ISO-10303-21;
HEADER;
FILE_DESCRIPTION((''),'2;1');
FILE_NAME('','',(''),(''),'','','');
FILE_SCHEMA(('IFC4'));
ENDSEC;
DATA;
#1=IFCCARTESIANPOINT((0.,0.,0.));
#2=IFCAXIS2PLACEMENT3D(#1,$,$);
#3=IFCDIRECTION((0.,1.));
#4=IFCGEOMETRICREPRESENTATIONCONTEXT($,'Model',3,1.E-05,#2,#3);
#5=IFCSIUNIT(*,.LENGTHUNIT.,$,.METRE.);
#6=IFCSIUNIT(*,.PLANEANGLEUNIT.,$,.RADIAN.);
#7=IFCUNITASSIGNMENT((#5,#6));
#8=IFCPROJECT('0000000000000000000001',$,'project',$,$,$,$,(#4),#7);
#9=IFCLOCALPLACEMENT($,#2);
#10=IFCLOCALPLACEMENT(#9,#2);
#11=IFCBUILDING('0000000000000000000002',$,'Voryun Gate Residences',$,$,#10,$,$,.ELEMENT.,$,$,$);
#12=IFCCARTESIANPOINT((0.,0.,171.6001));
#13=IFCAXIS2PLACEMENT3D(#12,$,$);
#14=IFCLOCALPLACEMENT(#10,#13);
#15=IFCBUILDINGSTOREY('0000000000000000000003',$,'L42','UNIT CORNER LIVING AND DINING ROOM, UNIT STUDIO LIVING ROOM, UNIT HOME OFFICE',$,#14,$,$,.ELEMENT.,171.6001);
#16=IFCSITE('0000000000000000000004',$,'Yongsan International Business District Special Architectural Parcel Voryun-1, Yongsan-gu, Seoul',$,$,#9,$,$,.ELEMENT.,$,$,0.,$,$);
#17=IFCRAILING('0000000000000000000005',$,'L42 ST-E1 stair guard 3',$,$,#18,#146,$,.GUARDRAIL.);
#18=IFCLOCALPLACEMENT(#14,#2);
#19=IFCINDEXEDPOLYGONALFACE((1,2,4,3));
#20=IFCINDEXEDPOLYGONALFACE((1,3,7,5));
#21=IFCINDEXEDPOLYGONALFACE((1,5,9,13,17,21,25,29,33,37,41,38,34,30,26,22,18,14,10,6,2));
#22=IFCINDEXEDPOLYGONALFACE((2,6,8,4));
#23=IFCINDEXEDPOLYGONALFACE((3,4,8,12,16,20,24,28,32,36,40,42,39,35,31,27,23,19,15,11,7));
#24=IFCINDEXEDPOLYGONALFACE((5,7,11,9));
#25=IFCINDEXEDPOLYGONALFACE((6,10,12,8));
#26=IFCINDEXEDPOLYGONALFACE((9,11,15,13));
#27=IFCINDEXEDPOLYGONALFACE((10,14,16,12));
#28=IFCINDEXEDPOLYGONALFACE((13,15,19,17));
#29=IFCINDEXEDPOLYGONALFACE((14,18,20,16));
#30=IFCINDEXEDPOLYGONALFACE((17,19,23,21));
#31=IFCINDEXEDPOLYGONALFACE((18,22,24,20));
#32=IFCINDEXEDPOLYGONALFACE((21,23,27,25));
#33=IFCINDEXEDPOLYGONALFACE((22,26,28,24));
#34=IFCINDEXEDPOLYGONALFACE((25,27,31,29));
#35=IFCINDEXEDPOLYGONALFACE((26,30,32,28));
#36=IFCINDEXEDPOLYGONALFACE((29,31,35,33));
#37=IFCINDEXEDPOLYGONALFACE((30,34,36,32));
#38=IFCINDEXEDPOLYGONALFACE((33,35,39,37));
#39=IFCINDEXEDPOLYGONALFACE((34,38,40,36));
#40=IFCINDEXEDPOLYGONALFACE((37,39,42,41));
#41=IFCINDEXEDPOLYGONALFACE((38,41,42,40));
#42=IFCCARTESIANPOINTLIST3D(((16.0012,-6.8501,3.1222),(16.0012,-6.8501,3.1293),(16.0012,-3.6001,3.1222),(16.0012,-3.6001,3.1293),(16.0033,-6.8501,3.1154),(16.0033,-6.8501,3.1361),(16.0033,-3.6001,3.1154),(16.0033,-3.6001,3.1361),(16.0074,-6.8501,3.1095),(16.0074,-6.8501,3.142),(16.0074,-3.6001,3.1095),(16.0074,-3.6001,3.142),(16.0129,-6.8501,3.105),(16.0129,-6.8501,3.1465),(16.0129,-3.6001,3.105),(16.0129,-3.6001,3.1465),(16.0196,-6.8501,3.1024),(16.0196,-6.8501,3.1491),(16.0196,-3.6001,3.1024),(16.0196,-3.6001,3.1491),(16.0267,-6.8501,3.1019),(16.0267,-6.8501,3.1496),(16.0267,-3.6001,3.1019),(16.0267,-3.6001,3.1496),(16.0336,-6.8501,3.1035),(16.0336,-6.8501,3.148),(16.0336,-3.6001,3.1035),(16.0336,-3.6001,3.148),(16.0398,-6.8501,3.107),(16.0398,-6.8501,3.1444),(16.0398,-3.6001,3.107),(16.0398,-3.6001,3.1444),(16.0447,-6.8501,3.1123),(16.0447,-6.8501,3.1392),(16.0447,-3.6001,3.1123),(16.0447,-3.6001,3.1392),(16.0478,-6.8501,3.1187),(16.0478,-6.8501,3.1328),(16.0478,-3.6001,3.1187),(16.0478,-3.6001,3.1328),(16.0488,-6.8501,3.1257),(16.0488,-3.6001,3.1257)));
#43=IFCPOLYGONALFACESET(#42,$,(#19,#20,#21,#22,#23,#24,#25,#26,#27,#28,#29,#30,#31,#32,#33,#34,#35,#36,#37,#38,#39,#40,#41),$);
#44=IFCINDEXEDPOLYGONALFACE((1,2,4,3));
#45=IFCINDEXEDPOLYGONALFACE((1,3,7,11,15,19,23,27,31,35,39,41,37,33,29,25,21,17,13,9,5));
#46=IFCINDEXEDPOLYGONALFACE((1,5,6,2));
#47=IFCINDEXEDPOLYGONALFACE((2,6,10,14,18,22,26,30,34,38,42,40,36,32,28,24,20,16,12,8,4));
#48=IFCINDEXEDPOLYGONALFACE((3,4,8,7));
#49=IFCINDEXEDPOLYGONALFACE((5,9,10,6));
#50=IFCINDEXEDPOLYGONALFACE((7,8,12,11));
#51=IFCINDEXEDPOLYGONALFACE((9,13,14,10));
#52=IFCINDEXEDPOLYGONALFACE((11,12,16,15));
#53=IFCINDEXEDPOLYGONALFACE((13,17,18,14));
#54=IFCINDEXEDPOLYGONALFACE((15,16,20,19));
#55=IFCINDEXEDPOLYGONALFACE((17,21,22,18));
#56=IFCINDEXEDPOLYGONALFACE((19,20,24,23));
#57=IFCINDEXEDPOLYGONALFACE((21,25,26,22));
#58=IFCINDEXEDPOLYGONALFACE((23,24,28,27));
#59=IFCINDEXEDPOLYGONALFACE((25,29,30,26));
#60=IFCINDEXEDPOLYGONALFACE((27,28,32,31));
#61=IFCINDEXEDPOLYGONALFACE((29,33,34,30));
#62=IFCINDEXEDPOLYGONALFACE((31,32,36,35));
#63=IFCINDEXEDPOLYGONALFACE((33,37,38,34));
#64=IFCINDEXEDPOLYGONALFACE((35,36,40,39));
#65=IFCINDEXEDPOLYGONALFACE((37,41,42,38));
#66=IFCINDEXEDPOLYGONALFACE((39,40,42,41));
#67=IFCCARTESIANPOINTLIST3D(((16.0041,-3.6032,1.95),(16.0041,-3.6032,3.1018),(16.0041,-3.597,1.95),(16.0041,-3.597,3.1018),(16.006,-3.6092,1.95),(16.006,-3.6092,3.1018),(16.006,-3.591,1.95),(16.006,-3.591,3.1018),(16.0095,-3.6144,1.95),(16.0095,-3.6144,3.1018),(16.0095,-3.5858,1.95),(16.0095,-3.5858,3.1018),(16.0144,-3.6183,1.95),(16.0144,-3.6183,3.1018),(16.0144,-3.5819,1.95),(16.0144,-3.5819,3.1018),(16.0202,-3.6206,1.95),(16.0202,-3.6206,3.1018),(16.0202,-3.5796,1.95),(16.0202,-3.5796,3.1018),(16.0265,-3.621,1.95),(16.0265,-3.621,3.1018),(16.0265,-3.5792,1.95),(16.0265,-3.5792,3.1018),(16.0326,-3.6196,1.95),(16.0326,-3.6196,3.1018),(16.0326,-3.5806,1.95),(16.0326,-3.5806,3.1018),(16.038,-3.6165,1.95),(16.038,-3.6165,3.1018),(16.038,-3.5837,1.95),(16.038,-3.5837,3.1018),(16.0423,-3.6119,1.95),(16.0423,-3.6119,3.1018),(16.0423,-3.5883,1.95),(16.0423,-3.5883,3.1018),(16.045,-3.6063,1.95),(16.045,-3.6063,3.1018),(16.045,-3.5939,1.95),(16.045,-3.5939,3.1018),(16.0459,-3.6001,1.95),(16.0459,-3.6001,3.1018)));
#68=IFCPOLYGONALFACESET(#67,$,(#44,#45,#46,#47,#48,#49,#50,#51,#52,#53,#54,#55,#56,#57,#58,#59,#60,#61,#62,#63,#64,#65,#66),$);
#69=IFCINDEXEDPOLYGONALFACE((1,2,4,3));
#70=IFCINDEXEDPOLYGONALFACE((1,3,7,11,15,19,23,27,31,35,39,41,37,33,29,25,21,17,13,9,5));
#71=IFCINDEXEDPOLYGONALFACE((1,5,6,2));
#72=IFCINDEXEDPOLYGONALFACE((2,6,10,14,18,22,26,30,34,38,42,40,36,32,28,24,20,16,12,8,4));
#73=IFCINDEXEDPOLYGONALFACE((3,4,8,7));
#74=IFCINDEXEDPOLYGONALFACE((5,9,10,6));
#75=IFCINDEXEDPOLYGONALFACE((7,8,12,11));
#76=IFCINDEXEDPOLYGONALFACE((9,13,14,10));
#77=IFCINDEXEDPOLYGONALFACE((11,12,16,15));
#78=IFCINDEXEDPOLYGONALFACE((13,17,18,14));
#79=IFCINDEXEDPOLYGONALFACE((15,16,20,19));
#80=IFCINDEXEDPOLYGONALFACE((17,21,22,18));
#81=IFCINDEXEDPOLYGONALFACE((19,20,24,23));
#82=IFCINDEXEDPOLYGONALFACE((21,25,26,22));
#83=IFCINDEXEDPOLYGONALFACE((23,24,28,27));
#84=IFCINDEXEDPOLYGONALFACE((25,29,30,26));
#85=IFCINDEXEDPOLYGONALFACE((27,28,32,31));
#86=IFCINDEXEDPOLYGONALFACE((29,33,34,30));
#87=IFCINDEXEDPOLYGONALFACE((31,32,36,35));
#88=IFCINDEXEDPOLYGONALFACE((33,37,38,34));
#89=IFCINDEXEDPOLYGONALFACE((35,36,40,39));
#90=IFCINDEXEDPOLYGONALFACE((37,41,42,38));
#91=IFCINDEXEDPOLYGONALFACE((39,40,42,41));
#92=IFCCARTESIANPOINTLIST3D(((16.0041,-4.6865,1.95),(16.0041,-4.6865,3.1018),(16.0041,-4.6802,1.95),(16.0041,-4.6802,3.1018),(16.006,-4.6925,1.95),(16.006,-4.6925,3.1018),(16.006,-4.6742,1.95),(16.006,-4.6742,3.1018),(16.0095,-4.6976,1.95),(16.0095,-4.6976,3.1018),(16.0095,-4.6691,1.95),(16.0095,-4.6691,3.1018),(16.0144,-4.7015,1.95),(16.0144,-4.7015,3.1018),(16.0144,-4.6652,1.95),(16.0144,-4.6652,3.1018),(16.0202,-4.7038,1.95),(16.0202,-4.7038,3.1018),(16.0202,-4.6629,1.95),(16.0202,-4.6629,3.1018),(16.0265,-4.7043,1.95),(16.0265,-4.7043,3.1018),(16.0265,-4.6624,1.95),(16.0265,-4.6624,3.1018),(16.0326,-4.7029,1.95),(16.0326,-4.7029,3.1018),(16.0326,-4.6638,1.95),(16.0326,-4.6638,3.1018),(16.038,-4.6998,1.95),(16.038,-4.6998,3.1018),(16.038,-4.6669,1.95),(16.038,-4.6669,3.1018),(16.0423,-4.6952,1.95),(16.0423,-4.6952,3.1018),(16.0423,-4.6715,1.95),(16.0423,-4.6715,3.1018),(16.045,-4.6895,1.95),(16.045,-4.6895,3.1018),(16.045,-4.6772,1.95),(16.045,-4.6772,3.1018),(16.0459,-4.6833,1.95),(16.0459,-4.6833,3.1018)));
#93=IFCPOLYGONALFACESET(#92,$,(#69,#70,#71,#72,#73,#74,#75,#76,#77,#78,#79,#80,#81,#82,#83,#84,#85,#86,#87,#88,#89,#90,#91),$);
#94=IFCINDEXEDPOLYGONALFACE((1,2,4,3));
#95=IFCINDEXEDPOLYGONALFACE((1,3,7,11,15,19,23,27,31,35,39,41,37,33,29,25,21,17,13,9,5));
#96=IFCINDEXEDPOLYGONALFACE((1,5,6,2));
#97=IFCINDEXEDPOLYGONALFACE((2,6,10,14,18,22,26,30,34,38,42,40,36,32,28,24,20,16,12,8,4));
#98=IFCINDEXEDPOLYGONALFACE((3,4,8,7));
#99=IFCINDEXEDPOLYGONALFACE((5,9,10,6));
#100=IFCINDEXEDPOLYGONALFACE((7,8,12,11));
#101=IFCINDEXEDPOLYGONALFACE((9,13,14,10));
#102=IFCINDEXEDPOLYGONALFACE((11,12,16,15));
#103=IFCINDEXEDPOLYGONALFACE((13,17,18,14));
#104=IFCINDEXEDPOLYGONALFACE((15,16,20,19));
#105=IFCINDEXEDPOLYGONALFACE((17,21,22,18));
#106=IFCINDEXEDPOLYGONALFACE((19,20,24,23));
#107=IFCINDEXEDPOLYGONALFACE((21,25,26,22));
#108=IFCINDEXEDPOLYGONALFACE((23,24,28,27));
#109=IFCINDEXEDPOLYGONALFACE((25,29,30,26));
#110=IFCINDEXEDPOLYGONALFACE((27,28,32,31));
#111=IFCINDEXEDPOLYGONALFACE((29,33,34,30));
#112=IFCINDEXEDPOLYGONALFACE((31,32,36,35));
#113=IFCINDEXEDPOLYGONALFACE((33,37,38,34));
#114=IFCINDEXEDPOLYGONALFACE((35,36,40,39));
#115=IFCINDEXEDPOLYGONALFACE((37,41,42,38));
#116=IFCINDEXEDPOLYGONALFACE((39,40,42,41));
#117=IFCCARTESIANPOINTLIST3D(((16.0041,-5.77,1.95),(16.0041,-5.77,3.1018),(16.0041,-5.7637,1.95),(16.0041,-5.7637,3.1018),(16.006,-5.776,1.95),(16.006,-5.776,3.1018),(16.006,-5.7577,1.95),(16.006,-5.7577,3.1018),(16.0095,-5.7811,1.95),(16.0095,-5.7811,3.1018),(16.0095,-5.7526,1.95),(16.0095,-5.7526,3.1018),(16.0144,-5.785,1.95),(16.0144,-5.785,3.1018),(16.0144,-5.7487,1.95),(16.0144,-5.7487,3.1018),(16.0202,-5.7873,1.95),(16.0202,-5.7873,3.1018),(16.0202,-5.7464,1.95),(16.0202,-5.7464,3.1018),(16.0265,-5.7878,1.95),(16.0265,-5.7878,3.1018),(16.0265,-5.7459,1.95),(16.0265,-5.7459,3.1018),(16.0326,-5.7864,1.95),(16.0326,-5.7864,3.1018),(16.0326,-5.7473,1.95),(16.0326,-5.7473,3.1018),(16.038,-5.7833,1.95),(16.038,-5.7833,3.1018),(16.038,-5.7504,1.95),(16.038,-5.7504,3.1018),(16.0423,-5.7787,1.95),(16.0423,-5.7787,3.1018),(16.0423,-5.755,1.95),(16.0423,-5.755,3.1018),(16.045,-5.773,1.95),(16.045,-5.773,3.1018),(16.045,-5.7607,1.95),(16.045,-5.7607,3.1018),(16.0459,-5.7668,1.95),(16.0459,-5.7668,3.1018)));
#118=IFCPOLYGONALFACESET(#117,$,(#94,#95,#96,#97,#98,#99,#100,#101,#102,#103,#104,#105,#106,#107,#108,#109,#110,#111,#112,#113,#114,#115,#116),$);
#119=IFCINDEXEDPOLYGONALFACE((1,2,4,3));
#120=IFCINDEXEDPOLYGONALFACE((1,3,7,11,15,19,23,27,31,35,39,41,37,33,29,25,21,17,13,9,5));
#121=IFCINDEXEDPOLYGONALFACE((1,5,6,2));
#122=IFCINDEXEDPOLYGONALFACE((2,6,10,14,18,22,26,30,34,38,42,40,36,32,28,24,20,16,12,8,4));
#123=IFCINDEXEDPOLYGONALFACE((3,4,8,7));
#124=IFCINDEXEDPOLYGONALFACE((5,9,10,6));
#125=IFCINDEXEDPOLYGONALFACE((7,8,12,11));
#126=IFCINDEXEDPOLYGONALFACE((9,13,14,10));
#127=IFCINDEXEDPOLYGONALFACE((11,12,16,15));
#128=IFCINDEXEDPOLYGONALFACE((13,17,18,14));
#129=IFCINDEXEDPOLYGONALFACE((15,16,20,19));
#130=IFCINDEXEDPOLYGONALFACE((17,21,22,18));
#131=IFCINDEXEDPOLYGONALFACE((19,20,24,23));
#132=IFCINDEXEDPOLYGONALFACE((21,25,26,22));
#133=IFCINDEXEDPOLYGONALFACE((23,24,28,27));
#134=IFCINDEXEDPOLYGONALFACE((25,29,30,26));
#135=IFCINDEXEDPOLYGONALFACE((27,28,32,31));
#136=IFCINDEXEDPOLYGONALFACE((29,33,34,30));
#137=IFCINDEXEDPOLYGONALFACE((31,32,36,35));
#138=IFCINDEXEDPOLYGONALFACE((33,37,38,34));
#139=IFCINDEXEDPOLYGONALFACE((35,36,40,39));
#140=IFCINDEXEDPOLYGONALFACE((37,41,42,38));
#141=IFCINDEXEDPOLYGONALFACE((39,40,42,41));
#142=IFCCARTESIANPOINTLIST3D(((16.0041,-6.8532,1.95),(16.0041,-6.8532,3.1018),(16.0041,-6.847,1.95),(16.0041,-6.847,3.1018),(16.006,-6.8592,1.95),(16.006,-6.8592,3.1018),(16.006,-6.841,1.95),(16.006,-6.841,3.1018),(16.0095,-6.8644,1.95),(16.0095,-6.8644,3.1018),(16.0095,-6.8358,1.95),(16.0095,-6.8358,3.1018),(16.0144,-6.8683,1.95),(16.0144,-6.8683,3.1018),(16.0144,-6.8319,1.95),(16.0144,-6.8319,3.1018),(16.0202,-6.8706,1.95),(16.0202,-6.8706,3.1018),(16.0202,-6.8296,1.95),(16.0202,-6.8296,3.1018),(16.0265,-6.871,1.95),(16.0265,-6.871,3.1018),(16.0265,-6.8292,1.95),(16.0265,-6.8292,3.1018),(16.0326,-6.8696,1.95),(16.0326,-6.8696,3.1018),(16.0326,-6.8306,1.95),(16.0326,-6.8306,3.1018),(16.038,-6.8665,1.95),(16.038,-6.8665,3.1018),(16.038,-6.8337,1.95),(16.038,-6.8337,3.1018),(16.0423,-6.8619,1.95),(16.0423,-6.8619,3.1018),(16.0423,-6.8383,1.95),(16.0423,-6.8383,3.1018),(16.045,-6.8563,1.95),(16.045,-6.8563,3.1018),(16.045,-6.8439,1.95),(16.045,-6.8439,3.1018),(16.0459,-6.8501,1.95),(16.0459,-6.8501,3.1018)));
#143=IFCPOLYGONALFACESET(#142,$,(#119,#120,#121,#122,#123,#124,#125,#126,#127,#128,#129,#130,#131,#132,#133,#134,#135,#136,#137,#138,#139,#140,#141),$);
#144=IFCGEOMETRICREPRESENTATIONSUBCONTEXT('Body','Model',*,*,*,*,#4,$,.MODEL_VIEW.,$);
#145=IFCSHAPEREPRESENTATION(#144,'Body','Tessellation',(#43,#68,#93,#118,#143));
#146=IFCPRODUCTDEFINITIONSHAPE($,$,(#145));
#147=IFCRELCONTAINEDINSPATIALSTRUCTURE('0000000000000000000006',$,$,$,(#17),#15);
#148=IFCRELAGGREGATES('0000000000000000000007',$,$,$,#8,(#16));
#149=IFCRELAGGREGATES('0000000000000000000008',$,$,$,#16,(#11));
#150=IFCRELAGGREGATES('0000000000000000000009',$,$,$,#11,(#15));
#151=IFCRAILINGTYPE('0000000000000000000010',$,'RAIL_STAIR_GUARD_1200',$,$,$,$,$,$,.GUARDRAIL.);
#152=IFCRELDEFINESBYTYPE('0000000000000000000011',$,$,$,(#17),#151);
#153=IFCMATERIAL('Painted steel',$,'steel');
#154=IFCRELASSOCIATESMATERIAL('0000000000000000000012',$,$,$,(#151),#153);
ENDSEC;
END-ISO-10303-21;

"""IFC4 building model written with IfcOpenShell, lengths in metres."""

from ifc_helpers import new_model, si_unit, direction, frame, origin, origin_2d, place, context, subcontext, project, spatial, circle, extrude, material, type_object, element, save


model = new_model("IFC4")

# Units and contexts
model_context = context("Model", 3, precision=1e-05, world=origin(), true_north=direction((0.0, 1.0)))
body_context = subcontext(model_context, "Body", "Model", "MODEL_VIEW")
ifc_project = project(units=[si_unit("LENGTHUNIT", "METRE"), si_unit("PLANEANGLEUNIT", "RADIAN")], contexts=[model_context])

# Site, building, storey
site_placement = place(None, origin())
site = spatial("IfcSite", under=ifc_project, at=site_placement, Name="Yongsan International Business District Special Architectural Parcel Voryun-1, Yongsan-gu, Seoul", CompositionType="ELEMENT", RefElevation=0.0)
building_placement = place(site_placement, origin())
building = spatial("IfcBuilding", under=site, at=building_placement, Name="Voryun Gate Residences", CompositionType="ELEMENT")
storey_placement = place(building_placement, frame((0.0, 0.0, 171.6001)))
storey = spatial("IfcBuildingStorey", under=building, at=storey_placement, Name="L42", Description="UNIT CORNER LIVING AND DINING ROOM, UNIT STUDIO LIVING ROOM, UNIT HOME OFFICE", CompositionType="ELEMENT", Elevation=171.6001)

# Railing
ifc_material_1 = material(Name="Painted steel", Category="steel")
railing_type_1 = type_object("IfcRailingType", Name="RAIL_STAIR_GUARD_1200", PredefinedType="GUARDRAIL", material=ifc_material_1)
for number, where, name in (
    (1, (16.0249, -3.6001, 1.95), "L42 ST-E1 stair guard 3"),
):
    element("IfcRailing", number, at=place(storey_placement, frame(where)), inside=storey, type_object=railing_type_1, Name=name, PredefinedType="GUARDRAIL", context=body_context, shape_type="SweptSolid", body=[
        extrude(circle(Radius=0.0239, at=origin_2d()), frame((0.0, 0.0, 1.1758), z_axis=(0.0, -1.0, 0.0), x_axis=(1.0, 0.0, 0.0)), (0.0, 0.0, 1.0), 3.25),
        extrude(circle(Radius=0.021, at=origin_2d()), origin(), (0.0, 0.0, 1.0), 1.1519),
        extrude(circle(Radius=0.021, at=origin_2d()), frame((0.0, -1.0833, 0.0)), (0.0, 0.0, 1.0), 1.1519),
        extrude(circle(Radius=0.021, at=origin_2d()), frame((0.0, -2.1667, 0.0)), (0.0, 0.0, 1.0), 1.1519),
        extrude(circle(Radius=0.021, at=origin_2d()), frame((0.0, -3.25, 0.0)), (0.0, 0.0, 1.0), 1.1519),
    ])

save(model, "model.ifc")
